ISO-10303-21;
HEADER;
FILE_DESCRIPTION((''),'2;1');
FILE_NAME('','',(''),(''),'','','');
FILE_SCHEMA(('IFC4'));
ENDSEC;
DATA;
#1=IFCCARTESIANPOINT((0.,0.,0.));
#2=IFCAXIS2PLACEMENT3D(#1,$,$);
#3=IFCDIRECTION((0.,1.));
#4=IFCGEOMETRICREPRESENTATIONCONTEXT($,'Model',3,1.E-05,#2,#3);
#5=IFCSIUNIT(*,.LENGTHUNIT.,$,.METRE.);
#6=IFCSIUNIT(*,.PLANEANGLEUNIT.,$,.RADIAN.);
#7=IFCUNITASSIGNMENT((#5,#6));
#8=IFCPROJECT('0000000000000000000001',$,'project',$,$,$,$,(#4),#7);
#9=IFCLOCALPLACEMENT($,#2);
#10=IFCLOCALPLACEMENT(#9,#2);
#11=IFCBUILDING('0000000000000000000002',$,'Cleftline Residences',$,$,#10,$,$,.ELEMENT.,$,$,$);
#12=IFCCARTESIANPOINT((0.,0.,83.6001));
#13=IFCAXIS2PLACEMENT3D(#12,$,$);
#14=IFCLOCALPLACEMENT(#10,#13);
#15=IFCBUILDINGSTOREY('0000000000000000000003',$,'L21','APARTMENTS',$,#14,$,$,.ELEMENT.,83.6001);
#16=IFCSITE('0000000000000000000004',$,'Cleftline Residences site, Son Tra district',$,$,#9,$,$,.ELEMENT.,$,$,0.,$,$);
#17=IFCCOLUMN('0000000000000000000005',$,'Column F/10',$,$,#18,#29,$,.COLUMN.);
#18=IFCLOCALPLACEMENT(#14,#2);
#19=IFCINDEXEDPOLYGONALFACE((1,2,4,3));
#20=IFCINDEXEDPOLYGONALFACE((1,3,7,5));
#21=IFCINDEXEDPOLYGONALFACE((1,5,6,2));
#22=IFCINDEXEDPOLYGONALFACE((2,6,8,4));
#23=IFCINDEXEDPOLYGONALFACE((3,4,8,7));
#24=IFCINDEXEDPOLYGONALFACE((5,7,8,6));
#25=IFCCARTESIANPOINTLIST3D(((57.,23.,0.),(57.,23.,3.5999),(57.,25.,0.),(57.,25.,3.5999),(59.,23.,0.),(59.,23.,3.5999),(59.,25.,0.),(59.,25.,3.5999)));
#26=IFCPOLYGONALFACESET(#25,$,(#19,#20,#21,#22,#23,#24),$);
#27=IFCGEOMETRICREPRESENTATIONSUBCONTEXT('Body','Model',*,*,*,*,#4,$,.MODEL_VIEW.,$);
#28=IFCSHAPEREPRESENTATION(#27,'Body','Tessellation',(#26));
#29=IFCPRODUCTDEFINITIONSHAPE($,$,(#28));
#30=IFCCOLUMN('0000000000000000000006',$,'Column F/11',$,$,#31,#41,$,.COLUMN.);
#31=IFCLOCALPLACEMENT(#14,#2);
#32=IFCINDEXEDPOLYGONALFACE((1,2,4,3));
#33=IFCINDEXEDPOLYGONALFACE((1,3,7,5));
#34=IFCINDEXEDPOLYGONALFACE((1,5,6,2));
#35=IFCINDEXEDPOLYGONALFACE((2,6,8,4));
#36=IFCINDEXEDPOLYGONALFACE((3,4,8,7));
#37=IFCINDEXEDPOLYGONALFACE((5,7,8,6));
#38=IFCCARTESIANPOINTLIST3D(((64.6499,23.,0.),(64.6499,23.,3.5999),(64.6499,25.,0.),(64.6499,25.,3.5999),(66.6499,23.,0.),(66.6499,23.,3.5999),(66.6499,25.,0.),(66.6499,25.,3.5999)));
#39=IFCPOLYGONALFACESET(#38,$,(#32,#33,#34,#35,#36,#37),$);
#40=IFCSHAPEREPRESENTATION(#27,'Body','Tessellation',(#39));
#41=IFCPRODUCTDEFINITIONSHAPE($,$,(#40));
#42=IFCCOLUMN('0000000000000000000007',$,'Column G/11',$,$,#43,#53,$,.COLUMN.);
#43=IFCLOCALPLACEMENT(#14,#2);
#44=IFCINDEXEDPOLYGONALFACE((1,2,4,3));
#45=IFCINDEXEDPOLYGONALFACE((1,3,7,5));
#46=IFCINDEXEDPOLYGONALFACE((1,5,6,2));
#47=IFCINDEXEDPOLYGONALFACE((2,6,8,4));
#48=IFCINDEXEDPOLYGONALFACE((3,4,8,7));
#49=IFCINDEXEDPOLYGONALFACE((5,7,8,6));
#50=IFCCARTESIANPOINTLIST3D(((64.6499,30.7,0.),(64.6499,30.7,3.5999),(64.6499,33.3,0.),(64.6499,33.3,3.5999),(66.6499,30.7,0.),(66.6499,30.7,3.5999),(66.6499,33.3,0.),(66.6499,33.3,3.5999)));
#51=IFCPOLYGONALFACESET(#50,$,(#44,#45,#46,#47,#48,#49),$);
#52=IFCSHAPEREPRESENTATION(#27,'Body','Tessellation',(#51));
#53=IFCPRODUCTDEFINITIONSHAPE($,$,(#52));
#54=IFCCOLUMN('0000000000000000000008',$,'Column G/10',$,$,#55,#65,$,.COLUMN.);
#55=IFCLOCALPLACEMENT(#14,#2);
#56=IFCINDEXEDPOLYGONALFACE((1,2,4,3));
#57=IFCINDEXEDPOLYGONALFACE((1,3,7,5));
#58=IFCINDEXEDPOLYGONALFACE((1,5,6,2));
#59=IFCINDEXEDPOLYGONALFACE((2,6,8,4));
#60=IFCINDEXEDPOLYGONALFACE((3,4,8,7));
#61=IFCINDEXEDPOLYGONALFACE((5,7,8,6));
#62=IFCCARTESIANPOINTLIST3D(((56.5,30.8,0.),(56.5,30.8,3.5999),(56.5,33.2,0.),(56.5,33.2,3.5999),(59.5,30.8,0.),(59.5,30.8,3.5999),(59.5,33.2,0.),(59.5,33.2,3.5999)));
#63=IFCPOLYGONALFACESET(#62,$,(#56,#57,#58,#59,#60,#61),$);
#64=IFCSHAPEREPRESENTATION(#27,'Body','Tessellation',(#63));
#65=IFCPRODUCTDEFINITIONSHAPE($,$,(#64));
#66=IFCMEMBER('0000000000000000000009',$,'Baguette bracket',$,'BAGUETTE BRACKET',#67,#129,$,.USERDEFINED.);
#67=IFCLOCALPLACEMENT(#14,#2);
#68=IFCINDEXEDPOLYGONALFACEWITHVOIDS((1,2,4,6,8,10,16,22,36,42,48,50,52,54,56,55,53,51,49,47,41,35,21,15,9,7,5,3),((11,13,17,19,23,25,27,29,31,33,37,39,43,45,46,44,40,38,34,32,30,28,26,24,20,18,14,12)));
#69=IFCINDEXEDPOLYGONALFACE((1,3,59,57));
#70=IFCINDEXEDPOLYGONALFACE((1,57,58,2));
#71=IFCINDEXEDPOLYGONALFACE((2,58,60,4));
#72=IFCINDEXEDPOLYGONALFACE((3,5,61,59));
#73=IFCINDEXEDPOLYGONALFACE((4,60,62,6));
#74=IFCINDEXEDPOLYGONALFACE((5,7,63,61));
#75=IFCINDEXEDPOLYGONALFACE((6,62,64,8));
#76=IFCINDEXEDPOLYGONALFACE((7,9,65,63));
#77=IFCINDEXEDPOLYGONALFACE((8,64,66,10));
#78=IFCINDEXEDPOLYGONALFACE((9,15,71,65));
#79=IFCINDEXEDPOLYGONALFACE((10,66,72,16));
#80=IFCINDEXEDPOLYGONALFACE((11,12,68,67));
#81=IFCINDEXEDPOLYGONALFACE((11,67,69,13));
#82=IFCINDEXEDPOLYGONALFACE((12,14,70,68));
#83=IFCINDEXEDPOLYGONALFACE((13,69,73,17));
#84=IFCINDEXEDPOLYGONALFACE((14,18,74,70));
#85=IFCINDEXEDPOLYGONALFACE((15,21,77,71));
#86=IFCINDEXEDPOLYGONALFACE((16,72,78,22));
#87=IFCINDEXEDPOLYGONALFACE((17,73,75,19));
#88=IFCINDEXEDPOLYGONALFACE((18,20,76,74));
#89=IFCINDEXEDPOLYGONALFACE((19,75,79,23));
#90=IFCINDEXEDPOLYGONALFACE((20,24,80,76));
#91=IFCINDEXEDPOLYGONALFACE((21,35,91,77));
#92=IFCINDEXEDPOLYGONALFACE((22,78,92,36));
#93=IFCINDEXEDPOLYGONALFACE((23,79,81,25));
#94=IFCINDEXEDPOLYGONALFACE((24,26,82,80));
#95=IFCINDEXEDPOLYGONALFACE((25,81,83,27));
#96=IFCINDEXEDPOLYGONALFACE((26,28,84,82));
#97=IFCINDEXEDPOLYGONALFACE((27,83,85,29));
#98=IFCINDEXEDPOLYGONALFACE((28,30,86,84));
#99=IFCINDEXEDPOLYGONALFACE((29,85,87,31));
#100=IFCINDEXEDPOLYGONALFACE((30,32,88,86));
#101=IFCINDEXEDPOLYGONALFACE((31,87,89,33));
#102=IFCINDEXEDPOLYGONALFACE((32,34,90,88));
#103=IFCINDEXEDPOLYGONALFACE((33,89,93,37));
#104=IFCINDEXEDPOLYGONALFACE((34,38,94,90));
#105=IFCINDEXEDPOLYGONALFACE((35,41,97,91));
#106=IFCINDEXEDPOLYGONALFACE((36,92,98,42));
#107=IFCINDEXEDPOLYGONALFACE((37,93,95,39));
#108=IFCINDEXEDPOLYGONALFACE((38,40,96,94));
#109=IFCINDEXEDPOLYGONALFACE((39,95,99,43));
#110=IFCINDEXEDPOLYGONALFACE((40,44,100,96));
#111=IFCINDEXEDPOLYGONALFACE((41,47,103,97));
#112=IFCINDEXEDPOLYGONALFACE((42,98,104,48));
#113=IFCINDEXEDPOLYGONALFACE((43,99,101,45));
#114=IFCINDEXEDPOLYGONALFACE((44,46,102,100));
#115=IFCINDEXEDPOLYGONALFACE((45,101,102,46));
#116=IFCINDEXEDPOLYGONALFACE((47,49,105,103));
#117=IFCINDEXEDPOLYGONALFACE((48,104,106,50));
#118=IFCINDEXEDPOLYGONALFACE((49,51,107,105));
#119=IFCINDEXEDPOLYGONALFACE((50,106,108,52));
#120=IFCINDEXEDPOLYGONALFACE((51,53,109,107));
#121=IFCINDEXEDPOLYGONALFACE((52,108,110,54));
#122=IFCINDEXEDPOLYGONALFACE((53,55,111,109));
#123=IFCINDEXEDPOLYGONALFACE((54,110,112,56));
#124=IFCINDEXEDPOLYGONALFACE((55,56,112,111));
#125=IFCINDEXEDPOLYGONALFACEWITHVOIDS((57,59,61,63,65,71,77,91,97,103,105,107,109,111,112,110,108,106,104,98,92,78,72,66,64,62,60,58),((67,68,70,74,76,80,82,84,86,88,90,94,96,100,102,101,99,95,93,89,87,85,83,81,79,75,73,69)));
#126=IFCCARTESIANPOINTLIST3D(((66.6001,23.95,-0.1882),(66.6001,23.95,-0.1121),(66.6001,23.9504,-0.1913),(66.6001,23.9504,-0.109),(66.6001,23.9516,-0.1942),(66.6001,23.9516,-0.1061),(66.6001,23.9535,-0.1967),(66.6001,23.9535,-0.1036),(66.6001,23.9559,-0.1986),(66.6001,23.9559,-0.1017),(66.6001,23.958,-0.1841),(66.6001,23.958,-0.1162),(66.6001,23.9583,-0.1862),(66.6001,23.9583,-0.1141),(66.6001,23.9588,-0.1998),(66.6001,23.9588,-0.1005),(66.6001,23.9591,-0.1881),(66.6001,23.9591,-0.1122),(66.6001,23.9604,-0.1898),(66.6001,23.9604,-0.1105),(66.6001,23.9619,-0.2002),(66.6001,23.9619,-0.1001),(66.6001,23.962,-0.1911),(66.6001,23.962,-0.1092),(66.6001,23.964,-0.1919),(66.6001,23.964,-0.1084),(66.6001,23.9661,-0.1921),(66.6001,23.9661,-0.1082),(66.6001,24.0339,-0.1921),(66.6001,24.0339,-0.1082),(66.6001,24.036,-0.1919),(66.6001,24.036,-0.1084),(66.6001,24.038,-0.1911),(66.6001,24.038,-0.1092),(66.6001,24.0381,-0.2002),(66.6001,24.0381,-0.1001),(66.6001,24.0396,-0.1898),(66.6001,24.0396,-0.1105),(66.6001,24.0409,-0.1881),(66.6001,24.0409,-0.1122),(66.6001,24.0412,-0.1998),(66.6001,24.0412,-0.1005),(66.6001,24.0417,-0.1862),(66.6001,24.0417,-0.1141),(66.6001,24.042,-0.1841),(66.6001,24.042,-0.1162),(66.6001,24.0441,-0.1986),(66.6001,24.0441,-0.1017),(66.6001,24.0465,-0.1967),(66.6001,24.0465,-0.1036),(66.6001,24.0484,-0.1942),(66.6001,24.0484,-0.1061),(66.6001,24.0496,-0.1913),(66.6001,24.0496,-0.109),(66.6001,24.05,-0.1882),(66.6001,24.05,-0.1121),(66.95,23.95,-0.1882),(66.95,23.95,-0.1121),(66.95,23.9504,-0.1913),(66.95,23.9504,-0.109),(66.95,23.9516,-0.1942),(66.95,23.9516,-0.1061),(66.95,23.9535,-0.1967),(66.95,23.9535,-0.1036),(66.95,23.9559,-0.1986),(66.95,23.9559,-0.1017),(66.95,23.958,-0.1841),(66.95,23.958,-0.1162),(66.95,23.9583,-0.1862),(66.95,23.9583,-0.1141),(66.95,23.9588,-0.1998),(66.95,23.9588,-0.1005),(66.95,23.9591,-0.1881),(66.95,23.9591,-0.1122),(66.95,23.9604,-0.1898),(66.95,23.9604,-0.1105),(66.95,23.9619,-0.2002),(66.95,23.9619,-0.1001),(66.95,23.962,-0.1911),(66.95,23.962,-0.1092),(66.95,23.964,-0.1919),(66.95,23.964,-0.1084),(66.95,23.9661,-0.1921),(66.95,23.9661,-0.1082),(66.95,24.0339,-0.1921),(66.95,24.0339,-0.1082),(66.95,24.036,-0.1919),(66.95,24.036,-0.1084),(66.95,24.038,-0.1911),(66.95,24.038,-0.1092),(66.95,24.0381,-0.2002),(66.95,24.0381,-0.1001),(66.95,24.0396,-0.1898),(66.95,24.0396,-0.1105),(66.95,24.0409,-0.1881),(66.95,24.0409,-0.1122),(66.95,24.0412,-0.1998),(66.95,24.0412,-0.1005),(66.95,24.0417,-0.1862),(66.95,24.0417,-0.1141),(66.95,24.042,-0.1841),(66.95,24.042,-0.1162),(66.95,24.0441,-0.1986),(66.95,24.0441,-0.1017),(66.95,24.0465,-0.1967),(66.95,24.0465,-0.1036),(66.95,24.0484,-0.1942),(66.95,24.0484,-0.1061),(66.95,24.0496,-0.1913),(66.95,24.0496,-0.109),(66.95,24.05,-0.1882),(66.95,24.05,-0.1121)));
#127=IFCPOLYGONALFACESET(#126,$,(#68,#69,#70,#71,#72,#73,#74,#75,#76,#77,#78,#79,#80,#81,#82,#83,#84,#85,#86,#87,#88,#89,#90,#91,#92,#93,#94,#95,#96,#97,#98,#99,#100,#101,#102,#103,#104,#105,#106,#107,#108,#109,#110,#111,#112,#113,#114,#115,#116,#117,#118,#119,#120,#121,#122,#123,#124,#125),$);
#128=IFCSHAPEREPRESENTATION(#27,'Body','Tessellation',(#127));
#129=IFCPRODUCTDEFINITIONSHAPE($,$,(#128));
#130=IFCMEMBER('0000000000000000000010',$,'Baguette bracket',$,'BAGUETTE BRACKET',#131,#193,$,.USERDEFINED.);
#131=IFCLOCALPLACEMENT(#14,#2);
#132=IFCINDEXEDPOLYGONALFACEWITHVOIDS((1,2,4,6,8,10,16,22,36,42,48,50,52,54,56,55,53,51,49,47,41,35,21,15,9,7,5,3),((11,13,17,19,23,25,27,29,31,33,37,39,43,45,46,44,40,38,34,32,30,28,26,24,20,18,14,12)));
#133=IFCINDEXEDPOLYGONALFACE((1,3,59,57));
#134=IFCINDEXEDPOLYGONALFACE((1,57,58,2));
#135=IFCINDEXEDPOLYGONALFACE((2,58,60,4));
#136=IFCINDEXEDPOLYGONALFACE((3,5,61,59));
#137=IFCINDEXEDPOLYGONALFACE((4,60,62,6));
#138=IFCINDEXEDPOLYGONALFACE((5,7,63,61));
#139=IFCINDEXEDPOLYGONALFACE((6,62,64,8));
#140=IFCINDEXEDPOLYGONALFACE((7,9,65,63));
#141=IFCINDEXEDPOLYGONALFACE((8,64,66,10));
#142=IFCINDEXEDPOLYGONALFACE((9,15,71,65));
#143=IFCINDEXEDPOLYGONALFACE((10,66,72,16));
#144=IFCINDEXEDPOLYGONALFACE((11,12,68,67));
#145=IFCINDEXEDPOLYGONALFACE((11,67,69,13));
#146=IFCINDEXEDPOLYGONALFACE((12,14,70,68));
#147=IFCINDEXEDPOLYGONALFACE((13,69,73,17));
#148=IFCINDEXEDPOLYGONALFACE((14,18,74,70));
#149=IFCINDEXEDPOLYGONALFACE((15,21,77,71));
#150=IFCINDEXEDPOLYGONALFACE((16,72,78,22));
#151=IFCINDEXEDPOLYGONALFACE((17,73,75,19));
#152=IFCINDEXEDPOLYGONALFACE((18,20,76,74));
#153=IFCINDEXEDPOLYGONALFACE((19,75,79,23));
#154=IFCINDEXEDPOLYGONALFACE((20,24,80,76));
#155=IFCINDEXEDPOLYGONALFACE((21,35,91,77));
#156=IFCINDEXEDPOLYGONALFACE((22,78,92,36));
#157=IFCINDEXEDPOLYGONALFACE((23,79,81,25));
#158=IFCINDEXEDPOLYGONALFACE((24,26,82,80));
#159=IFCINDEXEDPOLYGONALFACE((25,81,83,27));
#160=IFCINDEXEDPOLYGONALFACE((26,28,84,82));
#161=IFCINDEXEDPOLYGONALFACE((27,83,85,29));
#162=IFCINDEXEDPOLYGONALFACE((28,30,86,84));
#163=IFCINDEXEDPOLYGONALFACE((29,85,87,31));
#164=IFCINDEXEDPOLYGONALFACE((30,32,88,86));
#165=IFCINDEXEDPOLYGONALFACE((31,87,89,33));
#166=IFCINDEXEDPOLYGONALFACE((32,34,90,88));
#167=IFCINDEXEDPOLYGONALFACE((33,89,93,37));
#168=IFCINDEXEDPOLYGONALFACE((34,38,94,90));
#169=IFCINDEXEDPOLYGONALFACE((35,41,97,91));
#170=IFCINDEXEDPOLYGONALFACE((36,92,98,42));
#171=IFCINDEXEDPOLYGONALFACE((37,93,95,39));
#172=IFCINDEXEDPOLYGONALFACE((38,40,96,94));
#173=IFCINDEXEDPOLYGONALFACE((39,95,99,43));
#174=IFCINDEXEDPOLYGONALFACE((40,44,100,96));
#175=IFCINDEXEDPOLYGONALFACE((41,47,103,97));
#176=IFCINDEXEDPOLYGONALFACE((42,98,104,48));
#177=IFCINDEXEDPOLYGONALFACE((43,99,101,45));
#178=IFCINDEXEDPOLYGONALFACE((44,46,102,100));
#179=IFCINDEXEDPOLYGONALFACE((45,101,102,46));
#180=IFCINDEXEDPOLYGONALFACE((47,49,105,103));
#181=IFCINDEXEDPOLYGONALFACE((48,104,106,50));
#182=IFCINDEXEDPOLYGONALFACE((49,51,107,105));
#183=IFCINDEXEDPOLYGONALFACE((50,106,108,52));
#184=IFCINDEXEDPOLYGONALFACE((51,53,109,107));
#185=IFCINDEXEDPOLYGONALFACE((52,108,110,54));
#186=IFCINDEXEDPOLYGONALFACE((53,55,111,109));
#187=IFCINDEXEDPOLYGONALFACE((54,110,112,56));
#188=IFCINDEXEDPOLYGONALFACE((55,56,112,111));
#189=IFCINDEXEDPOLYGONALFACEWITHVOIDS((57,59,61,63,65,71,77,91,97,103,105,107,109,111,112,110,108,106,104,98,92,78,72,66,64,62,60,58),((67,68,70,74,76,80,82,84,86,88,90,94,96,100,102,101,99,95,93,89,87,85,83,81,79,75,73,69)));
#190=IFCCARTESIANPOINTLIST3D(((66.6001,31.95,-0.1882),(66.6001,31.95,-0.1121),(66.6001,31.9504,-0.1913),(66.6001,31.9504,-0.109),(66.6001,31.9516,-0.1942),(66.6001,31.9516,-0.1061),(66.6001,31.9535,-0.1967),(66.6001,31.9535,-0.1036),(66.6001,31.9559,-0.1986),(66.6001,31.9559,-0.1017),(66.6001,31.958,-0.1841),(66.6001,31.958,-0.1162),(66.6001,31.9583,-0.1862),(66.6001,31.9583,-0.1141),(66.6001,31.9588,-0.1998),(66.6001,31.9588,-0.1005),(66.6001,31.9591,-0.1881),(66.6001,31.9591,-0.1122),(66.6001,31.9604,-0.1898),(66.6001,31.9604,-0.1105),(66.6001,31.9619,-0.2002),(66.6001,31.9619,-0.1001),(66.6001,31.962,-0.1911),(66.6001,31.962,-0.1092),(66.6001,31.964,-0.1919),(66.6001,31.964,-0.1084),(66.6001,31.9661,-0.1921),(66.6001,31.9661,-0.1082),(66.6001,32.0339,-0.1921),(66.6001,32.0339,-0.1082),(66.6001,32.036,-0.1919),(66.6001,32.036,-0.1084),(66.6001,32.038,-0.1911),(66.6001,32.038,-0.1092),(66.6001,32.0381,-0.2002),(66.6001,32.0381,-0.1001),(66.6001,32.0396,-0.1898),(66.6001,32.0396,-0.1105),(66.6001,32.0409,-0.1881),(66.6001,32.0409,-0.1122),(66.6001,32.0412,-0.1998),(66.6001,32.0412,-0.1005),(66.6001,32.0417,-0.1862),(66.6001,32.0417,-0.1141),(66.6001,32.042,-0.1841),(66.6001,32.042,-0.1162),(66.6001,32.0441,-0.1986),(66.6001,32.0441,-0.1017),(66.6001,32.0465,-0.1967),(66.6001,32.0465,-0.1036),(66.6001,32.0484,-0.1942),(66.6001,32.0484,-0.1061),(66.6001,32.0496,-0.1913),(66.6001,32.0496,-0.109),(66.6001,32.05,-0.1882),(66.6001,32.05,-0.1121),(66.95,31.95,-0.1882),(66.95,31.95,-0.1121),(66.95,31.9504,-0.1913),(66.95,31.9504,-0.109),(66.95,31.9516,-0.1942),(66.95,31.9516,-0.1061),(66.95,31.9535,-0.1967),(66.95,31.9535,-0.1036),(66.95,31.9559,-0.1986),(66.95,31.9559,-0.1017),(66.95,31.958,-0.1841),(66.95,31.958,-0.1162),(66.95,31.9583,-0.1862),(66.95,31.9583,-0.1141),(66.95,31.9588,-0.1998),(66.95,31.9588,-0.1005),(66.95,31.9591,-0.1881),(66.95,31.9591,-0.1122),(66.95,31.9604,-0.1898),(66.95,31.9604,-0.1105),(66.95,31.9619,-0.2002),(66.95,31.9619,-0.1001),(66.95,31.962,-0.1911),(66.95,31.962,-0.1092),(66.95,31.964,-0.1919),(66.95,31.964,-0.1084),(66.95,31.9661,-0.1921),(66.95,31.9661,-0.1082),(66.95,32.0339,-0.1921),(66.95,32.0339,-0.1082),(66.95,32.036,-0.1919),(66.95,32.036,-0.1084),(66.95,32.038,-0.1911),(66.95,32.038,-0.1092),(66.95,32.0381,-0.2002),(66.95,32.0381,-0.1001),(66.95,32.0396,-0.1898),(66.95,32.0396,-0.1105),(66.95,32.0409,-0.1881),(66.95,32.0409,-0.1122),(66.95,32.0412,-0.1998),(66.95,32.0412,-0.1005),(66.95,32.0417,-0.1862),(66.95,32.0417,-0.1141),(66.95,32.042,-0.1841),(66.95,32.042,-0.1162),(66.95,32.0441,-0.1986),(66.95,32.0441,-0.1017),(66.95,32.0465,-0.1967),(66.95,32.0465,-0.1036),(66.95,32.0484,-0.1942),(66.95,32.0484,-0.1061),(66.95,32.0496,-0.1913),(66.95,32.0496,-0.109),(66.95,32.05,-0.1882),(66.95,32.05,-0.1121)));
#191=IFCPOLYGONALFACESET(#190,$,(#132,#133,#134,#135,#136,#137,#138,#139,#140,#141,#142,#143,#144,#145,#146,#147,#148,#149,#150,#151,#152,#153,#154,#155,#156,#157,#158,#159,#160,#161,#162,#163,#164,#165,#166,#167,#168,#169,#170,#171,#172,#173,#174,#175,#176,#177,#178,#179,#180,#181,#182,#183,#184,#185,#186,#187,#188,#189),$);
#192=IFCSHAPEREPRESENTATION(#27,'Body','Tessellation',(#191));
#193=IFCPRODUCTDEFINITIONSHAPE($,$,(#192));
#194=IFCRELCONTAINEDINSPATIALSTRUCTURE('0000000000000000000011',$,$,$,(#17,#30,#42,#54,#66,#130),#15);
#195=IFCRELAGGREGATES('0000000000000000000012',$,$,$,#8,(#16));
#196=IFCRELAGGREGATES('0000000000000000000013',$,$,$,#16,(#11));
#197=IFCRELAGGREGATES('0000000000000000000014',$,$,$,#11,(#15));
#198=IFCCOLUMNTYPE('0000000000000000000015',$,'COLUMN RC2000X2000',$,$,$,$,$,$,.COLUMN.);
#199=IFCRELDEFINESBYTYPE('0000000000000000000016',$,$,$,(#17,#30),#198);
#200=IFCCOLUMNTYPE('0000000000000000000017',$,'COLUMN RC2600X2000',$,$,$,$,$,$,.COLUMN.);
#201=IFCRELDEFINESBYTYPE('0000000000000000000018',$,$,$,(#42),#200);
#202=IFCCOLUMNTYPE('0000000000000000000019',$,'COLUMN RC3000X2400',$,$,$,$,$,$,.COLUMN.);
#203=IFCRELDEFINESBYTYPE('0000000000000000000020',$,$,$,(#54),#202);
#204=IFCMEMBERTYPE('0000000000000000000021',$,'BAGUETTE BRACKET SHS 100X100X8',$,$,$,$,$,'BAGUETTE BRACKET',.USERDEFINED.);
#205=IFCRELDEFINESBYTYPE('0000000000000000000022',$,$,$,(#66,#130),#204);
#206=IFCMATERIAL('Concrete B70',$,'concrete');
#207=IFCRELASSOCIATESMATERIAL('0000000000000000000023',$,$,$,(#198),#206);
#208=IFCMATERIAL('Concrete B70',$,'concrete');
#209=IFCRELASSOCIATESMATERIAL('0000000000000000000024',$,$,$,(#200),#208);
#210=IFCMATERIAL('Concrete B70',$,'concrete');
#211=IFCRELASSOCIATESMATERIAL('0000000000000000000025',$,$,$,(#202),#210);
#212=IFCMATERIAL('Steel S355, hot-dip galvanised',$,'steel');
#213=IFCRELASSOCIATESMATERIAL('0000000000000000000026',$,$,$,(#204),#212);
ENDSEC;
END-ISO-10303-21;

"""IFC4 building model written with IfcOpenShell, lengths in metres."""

from ifc_helpers import new_model, si_unit, direction, frame, origin, origin_2d, place, context, subcontext, project, spatial, rectangle, hollow_rectangle, extrude, material, material_profile, profile_set, type_object, element, save


model = new_model("IFC4")

# Units and contexts
model_context = context("Model", 3, precision=1e-05, world=origin(), true_north=direction((0.0, 1.0)))
body_context = subcontext(model_context, "Body", "Model", "MODEL_VIEW")
ifc_project = project(units=[si_unit("LENGTHUNIT", "METRE"), si_unit("PLANEANGLEUNIT", "RADIAN")], contexts=[model_context])

# Site, building, storey
site_placement = place(None, origin())
site = spatial("IfcSite", under=ifc_project, at=site_placement, Name="Cleftline Residences site, Son Tra district", CompositionType="ELEMENT", RefElevation=0.0)
building_placement = place(site_placement, origin())
building = spatial("IfcBuilding", under=site, at=building_placement, Name="Cleftline Residences", CompositionType="ELEMENT")
storey_placement = place(building_placement, frame((0.0, 0.0, 83.6001)))
storey = spatial("IfcBuildingStorey", under=building, at=storey_placement, Name="L21", Description="APARTMENTS", CompositionType="ELEMENT", Elevation=83.6001)

# Columns
ifc_material_1 = material(Name="Concrete B70", Category="concrete")
ifc_material_profile_1 = material_profile(ifc_material_1, rectangle(XDim=2.0, YDim=2.0, at=origin_2d()))
ifc_profile_set_1 = profile_set([ifc_material_profile_1], Name="Concrete B70")
column_type_1 = type_object("IfcColumnType", Name="COLUMN RC2000X2000", PredefinedType="COLUMN", material=ifc_profile_set_1)
for number, where, z_axis, x_axis, name in (
    (1, (58.0, 24.0, 0.0), (0.0, 0.0, 1.0), (1.0, 0.0, 0.0), "Column F/10"),
    (2, (65.6499, 24.0, 0.0), (0.0, 0.0, 1.0), (1.0, 0.0, 0.0), "Column F/11"),
):
    element("IfcColumn", number, at=place(storey_placement, frame(where, z_axis=z_axis, x_axis=x_axis)), inside=storey, type_object=column_type_1, Name=name, PredefinedType="COLUMN", context=body_context, shape_type="SweptSolid", body=[
        extrude(rectangle(XDim=2.0, YDim=2.0, at=origin_2d()), origin(), (0.0, 0.0, 1.0), 3.5999),
    ])
ifc_material_2 = material(Name="Concrete B70", Category="concrete")
ifc_material_profile_2 = material_profile(ifc_material_2, rectangle(XDim=2.6001, YDim=2.0, at=origin_2d()))
ifc_profile_set_2 = profile_set([ifc_material_profile_2], Name="Concrete B70")
column_type_2 = type_object("IfcColumnType", Name="COLUMN RC2600X2000", PredefinedType="COLUMN", material=ifc_profile_set_2)
column_1_placement = place(storey_placement, frame((65.6499, 32.0, 0.0), z_axis=(0.0, 0.0, 1.0), x_axis=(0.0, 1.0, 0.0)))
element("IfcColumn", 3, at=column_1_placement, inside=storey, type_object=column_type_2, Name="Column G/11", PredefinedType="COLUMN", context=body_context, shape_type="SweptSolid", body=[
    extrude(rectangle(XDim=2.6001, YDim=2.0, at=origin_2d()), origin(), (0.0, 0.0, 1.0), 3.5999),
])
ifc_material_3 = material(Name="Concrete B70", Category="concrete")
ifc_material_profile_3 = material_profile(ifc_material_3, rectangle(XDim=3.0, YDim=2.3999, at=origin_2d()))
ifc_profile_set_3 = profile_set([ifc_material_profile_3], Name="Concrete B70")
column_type_3 = type_object("IfcColumnType", Name="COLUMN RC3000X2400", PredefinedType="COLUMN", material=ifc_profile_set_3)
column_2_placement = place(storey_placement, frame((58.0, 32.0, 0.0), z_axis=(0.0, 0.0, 1.0), x_axis=(1.0, 0.0, 0.0)))
element("IfcColumn", 4, at=column_2_placement, inside=storey, type_object=column_type_3, Name="Column G/10", PredefinedType="COLUMN", context=body_context, shape_type="SweptSolid", body=[
    extrude(rectangle(XDim=3.0, YDim=2.3999, at=origin_2d()), origin(), (0.0, 0.0, 1.0), 3.5999),
])

# Members
ifc_material_4 = material(Name="Steel S355, hot-dip galvanised", Category="steel")
ifc_material_profile_4 = material_profile(ifc_material_4, hollow_rectangle(XDim=0.1001, YDim=0.1001, WallThickness=0.0081, InnerFilletRadius=0.0081, OuterFilletRadius=0.012, at=origin_2d()))
ifc_profile_set_4 = profile_set([ifc_material_profile_4], Name="Steel S355, hot-dip galvanised")
member_type_1 = type_object("IfcMemberType", Name="BAGUETTE BRACKET SHS 100X100X8", ElementType="BAGUETTE BRACKET", PredefinedType="USERDEFINED", material=ifc_profile_set_4)
for number, where, z_axis, x_axis, name in (
    (5, (66.6001, 24.0, -0.1501), (1.0, 0.0, 0.0), (0.0, 1.0, 0.0), "Baguette bracket"),
    (6, (66.6001, 32.0, -0.1501), (1.0, 0.0, 0.0), (0.0, 1.0, 0.0), "Baguette bracket"),
):
    element("IfcMember", number, at=place(storey_placement, frame(where, z_axis=z_axis, x_axis=x_axis)), inside=storey, type_object=member_type_1, Name=name, ObjectType="BAGUETTE BRACKET", PredefinedType="USERDEFINED", context=body_context, shape_type="SweptSolid", body=[
        extrude(hollow_rectangle(XDim=0.1001, YDim=0.1001, WallThickness=0.0081, InnerFilletRadius=0.0081, OuterFilletRadius=0.012, at=origin_2d()), origin(), (0.0, 0.0, 1.0), 0.3499),
    ])

save(model, "model.ifc")
